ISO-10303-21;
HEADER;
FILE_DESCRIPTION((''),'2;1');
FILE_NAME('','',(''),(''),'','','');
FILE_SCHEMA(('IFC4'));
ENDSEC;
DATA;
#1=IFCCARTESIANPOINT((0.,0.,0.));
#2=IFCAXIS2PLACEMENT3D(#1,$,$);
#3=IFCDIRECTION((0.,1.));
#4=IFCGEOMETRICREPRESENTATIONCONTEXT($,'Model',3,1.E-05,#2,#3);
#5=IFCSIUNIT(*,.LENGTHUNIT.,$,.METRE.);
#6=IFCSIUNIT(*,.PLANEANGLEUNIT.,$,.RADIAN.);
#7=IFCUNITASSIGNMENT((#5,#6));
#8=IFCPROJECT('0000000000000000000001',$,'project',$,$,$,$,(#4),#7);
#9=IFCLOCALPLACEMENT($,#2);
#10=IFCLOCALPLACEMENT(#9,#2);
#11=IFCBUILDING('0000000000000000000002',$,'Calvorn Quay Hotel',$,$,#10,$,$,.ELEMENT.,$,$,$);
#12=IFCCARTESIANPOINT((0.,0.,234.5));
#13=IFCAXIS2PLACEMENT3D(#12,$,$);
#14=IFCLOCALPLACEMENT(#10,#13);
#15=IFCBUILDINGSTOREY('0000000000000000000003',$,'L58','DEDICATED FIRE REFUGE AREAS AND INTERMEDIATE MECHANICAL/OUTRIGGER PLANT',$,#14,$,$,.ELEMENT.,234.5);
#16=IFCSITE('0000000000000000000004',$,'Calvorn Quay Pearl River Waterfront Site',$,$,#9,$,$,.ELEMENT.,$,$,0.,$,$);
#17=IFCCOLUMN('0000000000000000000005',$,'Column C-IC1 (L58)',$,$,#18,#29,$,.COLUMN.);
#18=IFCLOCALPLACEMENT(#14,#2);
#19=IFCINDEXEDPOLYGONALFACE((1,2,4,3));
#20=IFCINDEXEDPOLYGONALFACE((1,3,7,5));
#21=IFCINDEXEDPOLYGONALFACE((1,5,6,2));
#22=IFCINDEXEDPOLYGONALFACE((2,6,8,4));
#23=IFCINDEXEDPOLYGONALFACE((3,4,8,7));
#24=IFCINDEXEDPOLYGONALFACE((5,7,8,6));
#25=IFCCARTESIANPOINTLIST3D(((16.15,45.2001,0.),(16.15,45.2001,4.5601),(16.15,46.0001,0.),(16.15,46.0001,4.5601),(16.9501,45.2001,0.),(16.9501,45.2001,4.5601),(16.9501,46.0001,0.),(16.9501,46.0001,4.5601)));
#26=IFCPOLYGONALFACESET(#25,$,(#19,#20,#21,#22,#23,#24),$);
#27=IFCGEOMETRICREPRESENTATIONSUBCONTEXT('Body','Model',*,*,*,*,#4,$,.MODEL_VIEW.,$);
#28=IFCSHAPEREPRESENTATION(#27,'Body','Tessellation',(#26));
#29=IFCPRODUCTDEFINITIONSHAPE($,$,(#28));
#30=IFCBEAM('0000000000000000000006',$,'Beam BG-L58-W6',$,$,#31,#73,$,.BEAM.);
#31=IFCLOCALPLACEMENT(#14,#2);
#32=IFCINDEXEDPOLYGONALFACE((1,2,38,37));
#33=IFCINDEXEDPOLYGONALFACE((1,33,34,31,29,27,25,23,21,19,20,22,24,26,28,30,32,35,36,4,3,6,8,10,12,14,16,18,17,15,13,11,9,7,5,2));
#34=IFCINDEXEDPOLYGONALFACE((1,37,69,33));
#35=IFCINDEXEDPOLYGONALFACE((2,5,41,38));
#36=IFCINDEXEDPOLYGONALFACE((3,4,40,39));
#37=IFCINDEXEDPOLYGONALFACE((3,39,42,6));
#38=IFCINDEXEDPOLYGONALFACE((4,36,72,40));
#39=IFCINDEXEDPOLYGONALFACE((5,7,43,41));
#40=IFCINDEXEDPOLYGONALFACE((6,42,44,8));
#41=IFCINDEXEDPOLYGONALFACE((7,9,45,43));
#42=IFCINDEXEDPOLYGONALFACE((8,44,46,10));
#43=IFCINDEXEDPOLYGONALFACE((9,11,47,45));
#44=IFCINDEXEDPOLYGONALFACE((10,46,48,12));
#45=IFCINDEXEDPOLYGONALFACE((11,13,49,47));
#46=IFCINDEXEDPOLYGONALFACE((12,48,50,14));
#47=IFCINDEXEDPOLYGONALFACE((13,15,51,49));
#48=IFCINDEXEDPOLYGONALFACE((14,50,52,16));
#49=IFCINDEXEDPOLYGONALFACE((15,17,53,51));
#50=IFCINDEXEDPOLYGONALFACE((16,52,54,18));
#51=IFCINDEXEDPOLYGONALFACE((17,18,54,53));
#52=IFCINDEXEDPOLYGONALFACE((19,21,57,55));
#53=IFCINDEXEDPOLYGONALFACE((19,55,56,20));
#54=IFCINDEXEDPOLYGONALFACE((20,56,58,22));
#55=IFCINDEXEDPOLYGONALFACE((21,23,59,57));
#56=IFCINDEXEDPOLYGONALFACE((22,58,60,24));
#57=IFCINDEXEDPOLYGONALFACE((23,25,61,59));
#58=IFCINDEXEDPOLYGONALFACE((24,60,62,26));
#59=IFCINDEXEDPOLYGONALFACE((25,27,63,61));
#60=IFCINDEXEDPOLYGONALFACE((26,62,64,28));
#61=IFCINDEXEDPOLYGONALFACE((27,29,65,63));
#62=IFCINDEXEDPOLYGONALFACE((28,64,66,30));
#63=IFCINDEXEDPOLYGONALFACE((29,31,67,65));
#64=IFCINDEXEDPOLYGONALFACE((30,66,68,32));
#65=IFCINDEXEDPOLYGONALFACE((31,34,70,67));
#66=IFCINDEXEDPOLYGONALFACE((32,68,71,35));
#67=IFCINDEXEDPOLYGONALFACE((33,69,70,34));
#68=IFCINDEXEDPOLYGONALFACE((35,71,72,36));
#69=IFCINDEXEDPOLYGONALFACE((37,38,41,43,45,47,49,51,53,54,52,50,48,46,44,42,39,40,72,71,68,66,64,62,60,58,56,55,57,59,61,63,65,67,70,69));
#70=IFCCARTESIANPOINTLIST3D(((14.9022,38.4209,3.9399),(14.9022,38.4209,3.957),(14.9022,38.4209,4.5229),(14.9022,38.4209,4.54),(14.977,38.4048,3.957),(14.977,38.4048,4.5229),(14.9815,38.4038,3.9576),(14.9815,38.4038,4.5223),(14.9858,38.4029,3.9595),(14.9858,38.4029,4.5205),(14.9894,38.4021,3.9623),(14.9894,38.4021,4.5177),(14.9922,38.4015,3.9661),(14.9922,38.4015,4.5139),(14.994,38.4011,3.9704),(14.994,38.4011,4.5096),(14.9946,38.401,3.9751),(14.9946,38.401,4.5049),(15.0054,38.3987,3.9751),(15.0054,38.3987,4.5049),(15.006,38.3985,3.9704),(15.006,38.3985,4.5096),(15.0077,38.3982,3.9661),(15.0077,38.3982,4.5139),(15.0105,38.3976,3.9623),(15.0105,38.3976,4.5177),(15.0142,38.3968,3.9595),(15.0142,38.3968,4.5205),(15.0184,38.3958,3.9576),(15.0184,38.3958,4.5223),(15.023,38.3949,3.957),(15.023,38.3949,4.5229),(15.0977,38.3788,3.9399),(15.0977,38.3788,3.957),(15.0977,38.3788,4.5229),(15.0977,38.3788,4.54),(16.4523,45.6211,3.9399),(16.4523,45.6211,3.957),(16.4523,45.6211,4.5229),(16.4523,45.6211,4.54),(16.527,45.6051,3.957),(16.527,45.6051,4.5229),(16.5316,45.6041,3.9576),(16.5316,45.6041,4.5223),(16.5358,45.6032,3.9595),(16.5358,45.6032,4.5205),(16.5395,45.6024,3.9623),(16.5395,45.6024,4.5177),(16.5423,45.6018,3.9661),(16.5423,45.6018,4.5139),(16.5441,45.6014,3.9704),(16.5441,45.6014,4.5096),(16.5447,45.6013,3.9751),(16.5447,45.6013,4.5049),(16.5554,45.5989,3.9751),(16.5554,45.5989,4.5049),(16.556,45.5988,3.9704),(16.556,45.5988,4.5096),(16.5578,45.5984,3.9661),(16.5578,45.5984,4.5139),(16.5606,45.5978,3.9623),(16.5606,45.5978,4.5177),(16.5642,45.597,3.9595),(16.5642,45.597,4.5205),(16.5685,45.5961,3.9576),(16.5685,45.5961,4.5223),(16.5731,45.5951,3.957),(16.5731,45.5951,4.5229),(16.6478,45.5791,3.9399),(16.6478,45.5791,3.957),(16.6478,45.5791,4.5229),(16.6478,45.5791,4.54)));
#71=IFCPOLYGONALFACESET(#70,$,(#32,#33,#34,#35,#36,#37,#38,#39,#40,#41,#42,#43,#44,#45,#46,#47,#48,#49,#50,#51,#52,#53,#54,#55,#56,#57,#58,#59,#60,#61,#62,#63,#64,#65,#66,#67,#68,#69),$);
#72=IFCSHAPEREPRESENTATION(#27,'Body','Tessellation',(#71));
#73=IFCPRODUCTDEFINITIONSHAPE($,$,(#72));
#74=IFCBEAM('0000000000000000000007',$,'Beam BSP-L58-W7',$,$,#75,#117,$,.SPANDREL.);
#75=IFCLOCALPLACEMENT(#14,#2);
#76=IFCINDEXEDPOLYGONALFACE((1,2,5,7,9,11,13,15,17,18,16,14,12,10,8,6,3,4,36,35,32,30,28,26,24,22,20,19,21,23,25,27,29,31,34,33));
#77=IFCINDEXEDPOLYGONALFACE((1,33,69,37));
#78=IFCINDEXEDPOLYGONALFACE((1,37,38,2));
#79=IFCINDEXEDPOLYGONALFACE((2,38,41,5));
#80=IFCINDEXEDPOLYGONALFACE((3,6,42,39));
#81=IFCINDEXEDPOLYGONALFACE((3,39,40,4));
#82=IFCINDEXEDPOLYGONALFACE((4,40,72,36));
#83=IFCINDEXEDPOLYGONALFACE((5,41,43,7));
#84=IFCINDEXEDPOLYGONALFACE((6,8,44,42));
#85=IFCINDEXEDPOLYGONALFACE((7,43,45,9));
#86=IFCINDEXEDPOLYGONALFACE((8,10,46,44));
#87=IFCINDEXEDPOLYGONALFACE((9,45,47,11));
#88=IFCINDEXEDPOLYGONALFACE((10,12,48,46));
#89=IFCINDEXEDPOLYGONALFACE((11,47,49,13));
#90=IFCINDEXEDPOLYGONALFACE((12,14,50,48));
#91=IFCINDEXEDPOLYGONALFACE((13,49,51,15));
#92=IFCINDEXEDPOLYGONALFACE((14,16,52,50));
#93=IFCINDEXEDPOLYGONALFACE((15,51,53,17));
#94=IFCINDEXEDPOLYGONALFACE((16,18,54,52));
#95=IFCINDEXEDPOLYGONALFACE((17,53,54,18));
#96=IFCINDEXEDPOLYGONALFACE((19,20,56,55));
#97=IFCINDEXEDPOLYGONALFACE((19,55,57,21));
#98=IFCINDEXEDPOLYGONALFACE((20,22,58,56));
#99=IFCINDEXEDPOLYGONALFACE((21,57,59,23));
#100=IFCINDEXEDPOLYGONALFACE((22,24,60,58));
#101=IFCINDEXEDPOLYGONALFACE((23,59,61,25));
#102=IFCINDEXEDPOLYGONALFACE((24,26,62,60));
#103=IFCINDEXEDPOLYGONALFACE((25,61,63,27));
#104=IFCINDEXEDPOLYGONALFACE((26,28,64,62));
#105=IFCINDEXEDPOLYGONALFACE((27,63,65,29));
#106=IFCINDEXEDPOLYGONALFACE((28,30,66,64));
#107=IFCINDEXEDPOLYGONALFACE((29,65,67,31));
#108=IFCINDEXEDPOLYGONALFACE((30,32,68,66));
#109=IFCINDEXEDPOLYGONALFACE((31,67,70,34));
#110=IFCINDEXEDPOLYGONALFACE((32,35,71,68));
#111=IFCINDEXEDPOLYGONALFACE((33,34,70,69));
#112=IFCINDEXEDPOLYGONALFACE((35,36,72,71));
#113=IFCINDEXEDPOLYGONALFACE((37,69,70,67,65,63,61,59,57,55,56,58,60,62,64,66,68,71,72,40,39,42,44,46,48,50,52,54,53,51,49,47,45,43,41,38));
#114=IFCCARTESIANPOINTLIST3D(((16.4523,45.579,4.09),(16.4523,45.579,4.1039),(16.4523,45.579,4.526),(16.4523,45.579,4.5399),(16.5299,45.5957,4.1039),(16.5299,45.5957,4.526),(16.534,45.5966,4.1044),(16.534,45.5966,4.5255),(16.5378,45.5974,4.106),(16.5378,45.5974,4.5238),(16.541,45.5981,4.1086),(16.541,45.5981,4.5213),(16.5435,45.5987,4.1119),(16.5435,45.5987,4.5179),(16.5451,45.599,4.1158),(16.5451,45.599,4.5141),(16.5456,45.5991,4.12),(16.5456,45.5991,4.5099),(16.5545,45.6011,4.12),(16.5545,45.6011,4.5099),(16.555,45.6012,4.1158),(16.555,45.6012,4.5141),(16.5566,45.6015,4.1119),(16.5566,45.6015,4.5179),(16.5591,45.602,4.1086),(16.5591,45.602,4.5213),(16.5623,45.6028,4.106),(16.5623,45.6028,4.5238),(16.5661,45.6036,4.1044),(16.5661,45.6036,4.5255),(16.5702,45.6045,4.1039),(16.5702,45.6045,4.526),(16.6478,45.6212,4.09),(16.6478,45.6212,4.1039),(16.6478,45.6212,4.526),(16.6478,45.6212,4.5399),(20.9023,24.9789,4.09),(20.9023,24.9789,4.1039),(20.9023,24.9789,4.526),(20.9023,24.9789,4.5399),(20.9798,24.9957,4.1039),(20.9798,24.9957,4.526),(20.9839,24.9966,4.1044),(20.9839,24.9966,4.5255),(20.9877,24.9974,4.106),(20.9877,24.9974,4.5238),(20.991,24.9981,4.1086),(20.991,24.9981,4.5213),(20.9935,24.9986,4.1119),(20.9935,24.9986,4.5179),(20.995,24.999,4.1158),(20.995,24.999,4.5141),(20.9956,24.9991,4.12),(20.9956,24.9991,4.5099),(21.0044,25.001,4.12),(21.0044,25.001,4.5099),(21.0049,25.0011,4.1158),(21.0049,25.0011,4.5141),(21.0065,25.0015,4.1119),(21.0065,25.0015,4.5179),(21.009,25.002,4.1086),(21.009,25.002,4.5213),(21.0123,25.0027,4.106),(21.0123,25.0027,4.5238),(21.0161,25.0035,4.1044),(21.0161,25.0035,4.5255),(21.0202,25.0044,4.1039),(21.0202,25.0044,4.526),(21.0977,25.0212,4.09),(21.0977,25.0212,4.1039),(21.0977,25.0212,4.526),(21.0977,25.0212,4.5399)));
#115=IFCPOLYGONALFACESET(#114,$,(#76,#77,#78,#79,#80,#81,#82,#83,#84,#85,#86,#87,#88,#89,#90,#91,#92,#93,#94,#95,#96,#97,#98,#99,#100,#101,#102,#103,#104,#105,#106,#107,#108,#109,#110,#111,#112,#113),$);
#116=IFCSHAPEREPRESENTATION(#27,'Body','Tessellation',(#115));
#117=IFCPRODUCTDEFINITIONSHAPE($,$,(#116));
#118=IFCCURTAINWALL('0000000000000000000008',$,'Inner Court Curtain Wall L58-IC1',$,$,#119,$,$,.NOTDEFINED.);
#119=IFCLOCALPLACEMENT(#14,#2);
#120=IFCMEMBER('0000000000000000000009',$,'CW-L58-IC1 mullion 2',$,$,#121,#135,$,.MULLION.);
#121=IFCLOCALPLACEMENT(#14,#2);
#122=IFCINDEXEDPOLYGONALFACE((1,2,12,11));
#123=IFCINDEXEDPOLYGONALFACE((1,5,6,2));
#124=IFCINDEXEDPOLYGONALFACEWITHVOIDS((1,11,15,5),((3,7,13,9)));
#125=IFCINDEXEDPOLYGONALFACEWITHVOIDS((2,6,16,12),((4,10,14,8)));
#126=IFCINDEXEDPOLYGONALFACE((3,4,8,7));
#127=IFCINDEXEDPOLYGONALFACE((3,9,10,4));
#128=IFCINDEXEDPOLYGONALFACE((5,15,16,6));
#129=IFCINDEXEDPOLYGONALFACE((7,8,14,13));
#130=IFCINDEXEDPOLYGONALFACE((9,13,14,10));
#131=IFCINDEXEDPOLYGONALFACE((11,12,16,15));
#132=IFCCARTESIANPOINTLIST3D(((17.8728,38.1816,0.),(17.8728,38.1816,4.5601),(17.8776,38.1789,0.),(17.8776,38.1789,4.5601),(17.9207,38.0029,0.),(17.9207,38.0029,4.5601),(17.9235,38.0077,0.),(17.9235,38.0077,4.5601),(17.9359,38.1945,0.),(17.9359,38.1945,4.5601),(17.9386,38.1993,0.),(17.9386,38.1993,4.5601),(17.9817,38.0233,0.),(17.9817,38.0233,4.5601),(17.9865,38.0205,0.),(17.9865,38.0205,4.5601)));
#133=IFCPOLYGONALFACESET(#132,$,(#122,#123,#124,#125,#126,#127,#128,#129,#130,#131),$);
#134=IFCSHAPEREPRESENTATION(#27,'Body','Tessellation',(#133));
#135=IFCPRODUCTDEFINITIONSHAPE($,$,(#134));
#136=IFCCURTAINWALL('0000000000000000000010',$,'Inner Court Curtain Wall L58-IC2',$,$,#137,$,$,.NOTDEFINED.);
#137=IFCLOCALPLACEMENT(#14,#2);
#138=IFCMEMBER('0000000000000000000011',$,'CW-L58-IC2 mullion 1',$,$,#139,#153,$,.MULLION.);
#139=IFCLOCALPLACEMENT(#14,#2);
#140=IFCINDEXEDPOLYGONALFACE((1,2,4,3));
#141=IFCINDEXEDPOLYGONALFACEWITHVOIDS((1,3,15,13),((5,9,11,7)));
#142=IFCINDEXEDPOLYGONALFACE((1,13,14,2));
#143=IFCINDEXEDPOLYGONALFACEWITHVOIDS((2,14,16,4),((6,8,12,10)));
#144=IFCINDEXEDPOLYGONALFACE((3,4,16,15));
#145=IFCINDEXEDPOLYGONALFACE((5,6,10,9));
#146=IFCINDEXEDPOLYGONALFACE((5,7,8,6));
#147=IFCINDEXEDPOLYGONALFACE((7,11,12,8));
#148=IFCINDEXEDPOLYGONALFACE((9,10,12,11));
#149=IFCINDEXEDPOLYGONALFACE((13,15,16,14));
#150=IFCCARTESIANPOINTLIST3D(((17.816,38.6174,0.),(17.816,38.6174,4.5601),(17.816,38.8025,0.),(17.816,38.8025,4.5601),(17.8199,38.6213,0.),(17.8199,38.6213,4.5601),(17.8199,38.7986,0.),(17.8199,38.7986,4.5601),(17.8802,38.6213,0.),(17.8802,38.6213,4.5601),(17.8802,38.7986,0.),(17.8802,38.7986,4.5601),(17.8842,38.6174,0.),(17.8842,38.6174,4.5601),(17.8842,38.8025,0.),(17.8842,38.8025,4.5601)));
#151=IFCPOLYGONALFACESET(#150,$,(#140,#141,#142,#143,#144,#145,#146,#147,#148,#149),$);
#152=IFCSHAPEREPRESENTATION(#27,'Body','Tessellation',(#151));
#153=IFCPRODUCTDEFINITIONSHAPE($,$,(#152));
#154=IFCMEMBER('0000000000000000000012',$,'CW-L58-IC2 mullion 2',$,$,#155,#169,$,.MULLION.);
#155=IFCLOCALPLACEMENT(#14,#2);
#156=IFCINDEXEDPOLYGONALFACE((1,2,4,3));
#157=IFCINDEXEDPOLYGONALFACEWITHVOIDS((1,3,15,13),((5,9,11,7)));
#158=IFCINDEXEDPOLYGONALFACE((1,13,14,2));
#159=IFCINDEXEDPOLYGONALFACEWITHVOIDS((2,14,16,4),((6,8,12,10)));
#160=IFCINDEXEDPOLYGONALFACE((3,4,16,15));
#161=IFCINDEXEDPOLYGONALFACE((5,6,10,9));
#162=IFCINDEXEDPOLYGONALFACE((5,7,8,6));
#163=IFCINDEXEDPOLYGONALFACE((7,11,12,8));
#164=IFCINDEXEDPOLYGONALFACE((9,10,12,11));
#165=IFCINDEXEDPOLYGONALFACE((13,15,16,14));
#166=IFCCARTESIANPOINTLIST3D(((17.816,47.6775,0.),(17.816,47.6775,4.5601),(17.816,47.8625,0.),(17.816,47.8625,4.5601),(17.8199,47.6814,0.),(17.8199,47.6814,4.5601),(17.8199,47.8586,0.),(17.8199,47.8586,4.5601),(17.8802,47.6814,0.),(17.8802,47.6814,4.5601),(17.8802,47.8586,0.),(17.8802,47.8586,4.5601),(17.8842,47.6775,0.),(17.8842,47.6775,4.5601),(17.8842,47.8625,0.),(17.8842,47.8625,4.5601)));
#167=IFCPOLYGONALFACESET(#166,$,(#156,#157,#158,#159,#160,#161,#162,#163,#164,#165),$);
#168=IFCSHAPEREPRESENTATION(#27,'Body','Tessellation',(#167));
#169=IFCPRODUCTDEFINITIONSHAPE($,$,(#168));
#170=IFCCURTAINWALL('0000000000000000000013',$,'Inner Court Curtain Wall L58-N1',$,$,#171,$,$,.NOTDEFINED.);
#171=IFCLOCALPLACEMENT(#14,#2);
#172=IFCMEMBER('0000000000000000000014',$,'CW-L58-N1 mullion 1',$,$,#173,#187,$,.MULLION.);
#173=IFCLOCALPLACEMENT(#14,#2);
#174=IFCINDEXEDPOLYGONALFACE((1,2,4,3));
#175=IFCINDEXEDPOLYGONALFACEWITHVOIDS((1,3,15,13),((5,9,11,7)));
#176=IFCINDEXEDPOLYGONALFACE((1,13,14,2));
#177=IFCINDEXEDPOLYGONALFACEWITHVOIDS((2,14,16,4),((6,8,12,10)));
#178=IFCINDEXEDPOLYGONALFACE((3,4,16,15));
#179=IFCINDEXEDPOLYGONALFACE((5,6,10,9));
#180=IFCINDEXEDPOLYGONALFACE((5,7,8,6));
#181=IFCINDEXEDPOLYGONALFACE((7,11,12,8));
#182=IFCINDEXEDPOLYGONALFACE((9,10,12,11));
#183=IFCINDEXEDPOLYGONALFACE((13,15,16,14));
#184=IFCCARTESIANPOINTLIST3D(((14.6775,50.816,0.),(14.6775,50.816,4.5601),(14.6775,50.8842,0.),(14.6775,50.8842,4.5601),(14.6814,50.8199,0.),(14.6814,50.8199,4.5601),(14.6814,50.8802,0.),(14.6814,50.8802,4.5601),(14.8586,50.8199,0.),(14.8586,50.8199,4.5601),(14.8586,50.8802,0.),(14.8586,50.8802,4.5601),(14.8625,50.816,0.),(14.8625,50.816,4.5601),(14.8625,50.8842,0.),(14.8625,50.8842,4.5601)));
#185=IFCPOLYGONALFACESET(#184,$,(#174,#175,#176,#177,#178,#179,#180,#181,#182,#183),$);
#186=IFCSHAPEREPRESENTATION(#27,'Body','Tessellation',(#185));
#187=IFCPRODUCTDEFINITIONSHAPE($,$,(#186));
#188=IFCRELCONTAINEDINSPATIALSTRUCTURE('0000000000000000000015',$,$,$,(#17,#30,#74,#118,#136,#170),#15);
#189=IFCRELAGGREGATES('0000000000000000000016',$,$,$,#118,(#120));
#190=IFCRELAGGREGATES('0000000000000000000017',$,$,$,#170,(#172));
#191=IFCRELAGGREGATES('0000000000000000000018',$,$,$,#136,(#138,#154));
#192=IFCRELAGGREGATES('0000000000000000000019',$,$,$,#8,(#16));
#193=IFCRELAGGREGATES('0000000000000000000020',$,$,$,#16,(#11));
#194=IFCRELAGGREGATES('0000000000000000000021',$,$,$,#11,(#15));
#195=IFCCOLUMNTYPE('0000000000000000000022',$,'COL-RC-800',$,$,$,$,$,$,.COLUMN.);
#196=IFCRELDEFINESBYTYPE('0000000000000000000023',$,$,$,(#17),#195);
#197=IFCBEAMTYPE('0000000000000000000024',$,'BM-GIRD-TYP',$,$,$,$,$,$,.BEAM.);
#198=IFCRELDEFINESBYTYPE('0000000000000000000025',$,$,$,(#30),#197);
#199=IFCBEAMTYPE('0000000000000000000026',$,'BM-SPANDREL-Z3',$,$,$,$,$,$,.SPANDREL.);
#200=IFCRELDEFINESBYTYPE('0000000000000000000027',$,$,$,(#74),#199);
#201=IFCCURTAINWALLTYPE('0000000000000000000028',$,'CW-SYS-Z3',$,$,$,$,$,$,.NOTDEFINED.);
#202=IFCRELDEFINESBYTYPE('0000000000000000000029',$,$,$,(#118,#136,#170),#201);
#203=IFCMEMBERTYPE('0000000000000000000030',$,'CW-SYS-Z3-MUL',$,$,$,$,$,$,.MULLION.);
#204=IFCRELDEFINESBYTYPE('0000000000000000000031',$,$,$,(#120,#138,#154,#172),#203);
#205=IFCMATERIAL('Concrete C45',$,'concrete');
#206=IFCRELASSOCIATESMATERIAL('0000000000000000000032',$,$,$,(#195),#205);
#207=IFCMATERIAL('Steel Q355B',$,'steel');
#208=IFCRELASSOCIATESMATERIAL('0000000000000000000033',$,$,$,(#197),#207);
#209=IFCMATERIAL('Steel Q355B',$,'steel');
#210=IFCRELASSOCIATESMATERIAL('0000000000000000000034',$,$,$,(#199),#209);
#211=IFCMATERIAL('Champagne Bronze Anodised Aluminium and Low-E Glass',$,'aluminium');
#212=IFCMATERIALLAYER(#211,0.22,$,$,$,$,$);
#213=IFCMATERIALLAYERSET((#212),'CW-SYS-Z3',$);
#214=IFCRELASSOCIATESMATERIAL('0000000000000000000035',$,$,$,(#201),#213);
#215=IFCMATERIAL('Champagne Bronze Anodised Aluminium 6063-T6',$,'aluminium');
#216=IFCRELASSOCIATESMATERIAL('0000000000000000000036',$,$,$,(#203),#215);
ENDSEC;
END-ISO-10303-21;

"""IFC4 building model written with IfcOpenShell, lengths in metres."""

from ifc_helpers import new_model, si_unit, direction, frame, origin, origin_2d, place, context, subcontext, project, spatial, rectangle, hollow_rectangle, i_section, extrude, material, layer, layer_set, material_profile, profile_set, type_object, element, aggregate, save


model = new_model("IFC4")

# Units and contexts
model_context = context("Model", 3, precision=1e-05, world=origin(), true_north=direction((0.0, 1.0)))
body_context = subcontext(model_context, "Body", "Model", "MODEL_VIEW")
ifc_project = project(units=[si_unit("LENGTHUNIT", "METRE"), si_unit("PLANEANGLEUNIT", "RADIAN")], contexts=[model_context])

# Site, building, storey
site_placement = place(None, origin())
site = spatial("IfcSite", under=ifc_project, at=site_placement, Name="Calvorn Quay Pearl River Waterfront Site", CompositionType="ELEMENT", RefElevation=0.0)
building_placement = place(site_placement, origin())
building = spatial("IfcBuilding", under=site, at=building_placement, Name="Calvorn Quay Hotel", CompositionType="ELEMENT")
storey_placement = place(building_placement, frame((0.0, 0.0, 234.5)))
storey = spatial("IfcBuildingStorey", under=building, at=storey_placement, Name="L58", Description="DEDICATED FIRE REFUGE AREAS AND INTERMEDIATE MECHANICAL/OUTRIGGER PLANT", CompositionType="ELEMENT", Elevation=234.5)

# Column
ifc_material_1 = material(Name="Concrete C45", Category="concrete")
ifc_material_profile_1 = material_profile(ifc_material_1, rectangle(XDim=0.8, YDim=0.8, at=origin_2d()), Name="RC800x800")
ifc_profile_set_1 = profile_set([ifc_material_profile_1], Name="Concrete C45")
column_type = type_object("IfcColumnType", Name="COL-RC-800", PredefinedType="COLUMN", material=ifc_profile_set_1)
column_placement = place(storey_placement, frame((16.55, 45.6001, 0.0), z_axis=(0.0, 0.0, 1.0), x_axis=(1.0, 0.0, 0.0)))
element("IfcColumn", 1, at=column_placement, inside=storey, type_object=column_type, Name="Column C-IC1 (L58)", PredefinedType="COLUMN", context=body_context, shape_type="SweptSolid", body=[
    extrude(rectangle(XDim=0.8, YDim=0.8, at=origin_2d()), origin(), (0.0, 0.0, 1.0), 4.5601),
])

# Beams
ifc_material_2 = material(Name="Steel Q355B", Category="steel")
ifc_material_profile_2 = material_profile(ifc_material_2, i_section(OverallWidth=0.2, OverallDepth=0.6001, WebThickness=0.011, FlangeThickness=0.0171, FilletRadius=0.0181, at=origin_2d()), Name="HN600x200x11x17")
ifc_profile_set_2 = profile_set([ifc_material_profile_2], Name="Steel Q355B")
beam_type_1 = type_object("IfcBeamType", Name="BM-GIRD-TYP", PredefinedType="BEAM", material=ifc_profile_set_2)
beam_1_placement = place(storey_placement, frame((16.55, 45.6001, 4.24), z_axis=(-0.210457, -0.977603, 0.0), x_axis=(0.977603, -0.210457, 0.0)))
element("IfcBeam", 2, at=beam_1_placement, inside=storey, type_object=beam_type_1, Name="Beam BG-L58-W6", PredefinedType="BEAM", context=body_context, shape_type="SweptSolid", body=[
    extrude(i_section(OverallWidth=0.2, OverallDepth=0.6001, WebThickness=0.011, FlangeThickness=0.0171, FilletRadius=0.0181, at=origin_2d()), origin(), (0.0, 0.0, 1.0), 7.3652),
])
ifc_material_3 = material(Name="Steel Q355B", Category="steel")
ifc_material_profile_3 = material_profile(ifc_material_3, i_section(OverallWidth=0.2, OverallDepth=0.45, WebThickness=0.009, FlangeThickness=0.0139, FilletRadius=0.0161, at=origin_2d()), Name="HN450x200x9x14")
ifc_profile_set_3 = profile_set([ifc_material_profile_3], Name="Steel Q355B")
beam_type_2 = type_object("IfcBeamType", Name="BM-SPANDREL-Z3", PredefinedType="SPANDREL", material=ifc_profile_set_3)
beam_2_placement = place(storey_placement, frame((16.55, 45.6001, 4.3149), z_axis=(0.211146, -0.977455, 0.0), x_axis=(0.977455, 0.211146, 0.0)))
element("IfcBeam", 3, at=beam_2_placement, inside=storey, type_object=beam_type_2, Name="Beam BSP-L58-W7", PredefinedType="SPANDREL", context=body_context, shape_type="SweptSolid", body=[
    extrude(i_section(OverallWidth=0.2, OverallDepth=0.45, WebThickness=0.009, FlangeThickness=0.0139, FilletRadius=0.0161, at=origin_2d()), origin(), (0.0, 0.0, 1.0), 21.0752),
])

# Curtain wall, member
ifc_material_4 = material(Name="Champagne Bronze Anodised Aluminium and Low-E Glass", Category="aluminium")
ifc_layer_1 = layer(ifc_material_4, 0.22)
ifc_layer_set_1 = layer_set([ifc_layer_1], Name="CW-SYS-Z3")
curtain_wall_type = type_object("IfcCurtainWallType", Name="CW-SYS-Z3", PredefinedType="NOTDEFINED", material=ifc_layer_set_1)
curtain_wall_1_placement = place(storey_placement, origin())
curtain_wall_1 = element("IfcCurtainWall", 4, at=curtain_wall_1_placement, inside=storey, type_object=curtain_wall_type, Name="Inner Court Curtain Wall L58-IC1", PredefinedType="NOTDEFINED")
ifc_material_5 = material(Name="Champagne Bronze Anodised Aluminium 6063-T6", Category="aluminium")
ifc_material_profile_4 = material_profile(ifc_material_5, hollow_rectangle(XDim=0.0681, YDim=0.1851, WallThickness=0.0039, at=origin_2d()), Name="ALU-M185x68x4")
ifc_profile_set_4 = profile_set([ifc_material_profile_4], Name="Champagne Bronze Anodised Aluminium 6063-T6")
member_type_1 = type_object("IfcMemberType", Name="CW-SYS-Z3-MUL", PredefinedType="MULLION", material=ifc_profile_set_4)
member_1_placement = place(storey_placement, frame((17.9297, 38.1011, 0.0), z_axis=(0.0, 0.0, 1.0), x_axis=(-0.965937, -0.258779, 0.0)))
member_1 = element("IfcMember", 5, at=member_1_placement, type_object=member_type_1, Name="CW-L58-IC1 mullion 2", PredefinedType="MULLION", context=body_context, shape_type="SweptSolid", body=[
    extrude(hollow_rectangle(XDim=0.0681, YDim=0.1851, WallThickness=0.0039, at=origin_2d()), origin(), (0.0, 0.0, 1.0), 4.5601),
])
aggregate(curtain_wall_1, [member_1])

# Curtain wall, members
curtain_wall_2_placement = place(storey_placement, origin())
curtain_wall_2 = element("IfcCurtainWall", 6, at=curtain_wall_2_placement, inside=storey, type_object=curtain_wall_type, Name="Inner Court Curtain Wall L58-IC2", PredefinedType="NOTDEFINED")
member_2_placement = place(storey_placement, frame((17.8501, 38.71, 0.0), z_axis=(0.0, 0.0, 1.0), x_axis=(-1.0, 0.0, 0.0)))
member_2 = element("IfcMember", 7, at=member_2_placement, type_object=member_type_1, Name="CW-L58-IC2 mullion 1", PredefinedType="MULLION", context=body_context, shape_type="SweptSolid", body=[
    extrude(hollow_rectangle(XDim=0.0681, YDim=0.1851, WallThickness=0.0039, at=origin_2d()), origin(), (0.0, 0.0, 1.0), 4.5601),
])
member_3_placement = place(storey_placement, frame((17.8501, 47.77, 0.0), z_axis=(0.0, 0.0, 1.0), x_axis=(-1.0, 0.0, 0.0)))
member_3 = element("IfcMember", 8, at=member_3_placement, type_object=member_type_1, Name="CW-L58-IC2 mullion 2", PredefinedType="MULLION", context=body_context, shape_type="SweptSolid", body=[
    extrude(hollow_rectangle(XDim=0.0681, YDim=0.1851, WallThickness=0.0039, at=origin_2d()), origin(), (0.0, 0.0, 1.0), 4.5601),
])

# Curtain wall, member
curtain_wall_3_placement = place(storey_placement, origin())
curtain_wall_3 = element("IfcCurtainWall", 9, at=curtain_wall_3_placement, inside=storey, type_object=curtain_wall_type, Name="Inner Court Curtain Wall L58-N1", PredefinedType="NOTDEFINED")
member_4_placement = place(storey_placement, frame((14.77, 50.8501, 0.0), z_axis=(0.0, 0.0, 1.0), x_axis=(0.0, -1.0, 0.0)))
member_4 = element("IfcMember", 10, at=member_4_placement, type_object=member_type_1, Name="CW-L58-N1 mullion 1", PredefinedType="MULLION", context=body_context, shape_type="SweptSolid", body=[
    extrude(hollow_rectangle(XDim=0.0681, YDim=0.1851, WallThickness=0.0039, at=origin_2d()), origin(), (0.0, 0.0, 1.0), 4.5601),
])

aggregate(curtain_wall_3, [member_4])

aggregate(curtain_wall_2, [member_2, member_3])

save(model, "model.ifc")
